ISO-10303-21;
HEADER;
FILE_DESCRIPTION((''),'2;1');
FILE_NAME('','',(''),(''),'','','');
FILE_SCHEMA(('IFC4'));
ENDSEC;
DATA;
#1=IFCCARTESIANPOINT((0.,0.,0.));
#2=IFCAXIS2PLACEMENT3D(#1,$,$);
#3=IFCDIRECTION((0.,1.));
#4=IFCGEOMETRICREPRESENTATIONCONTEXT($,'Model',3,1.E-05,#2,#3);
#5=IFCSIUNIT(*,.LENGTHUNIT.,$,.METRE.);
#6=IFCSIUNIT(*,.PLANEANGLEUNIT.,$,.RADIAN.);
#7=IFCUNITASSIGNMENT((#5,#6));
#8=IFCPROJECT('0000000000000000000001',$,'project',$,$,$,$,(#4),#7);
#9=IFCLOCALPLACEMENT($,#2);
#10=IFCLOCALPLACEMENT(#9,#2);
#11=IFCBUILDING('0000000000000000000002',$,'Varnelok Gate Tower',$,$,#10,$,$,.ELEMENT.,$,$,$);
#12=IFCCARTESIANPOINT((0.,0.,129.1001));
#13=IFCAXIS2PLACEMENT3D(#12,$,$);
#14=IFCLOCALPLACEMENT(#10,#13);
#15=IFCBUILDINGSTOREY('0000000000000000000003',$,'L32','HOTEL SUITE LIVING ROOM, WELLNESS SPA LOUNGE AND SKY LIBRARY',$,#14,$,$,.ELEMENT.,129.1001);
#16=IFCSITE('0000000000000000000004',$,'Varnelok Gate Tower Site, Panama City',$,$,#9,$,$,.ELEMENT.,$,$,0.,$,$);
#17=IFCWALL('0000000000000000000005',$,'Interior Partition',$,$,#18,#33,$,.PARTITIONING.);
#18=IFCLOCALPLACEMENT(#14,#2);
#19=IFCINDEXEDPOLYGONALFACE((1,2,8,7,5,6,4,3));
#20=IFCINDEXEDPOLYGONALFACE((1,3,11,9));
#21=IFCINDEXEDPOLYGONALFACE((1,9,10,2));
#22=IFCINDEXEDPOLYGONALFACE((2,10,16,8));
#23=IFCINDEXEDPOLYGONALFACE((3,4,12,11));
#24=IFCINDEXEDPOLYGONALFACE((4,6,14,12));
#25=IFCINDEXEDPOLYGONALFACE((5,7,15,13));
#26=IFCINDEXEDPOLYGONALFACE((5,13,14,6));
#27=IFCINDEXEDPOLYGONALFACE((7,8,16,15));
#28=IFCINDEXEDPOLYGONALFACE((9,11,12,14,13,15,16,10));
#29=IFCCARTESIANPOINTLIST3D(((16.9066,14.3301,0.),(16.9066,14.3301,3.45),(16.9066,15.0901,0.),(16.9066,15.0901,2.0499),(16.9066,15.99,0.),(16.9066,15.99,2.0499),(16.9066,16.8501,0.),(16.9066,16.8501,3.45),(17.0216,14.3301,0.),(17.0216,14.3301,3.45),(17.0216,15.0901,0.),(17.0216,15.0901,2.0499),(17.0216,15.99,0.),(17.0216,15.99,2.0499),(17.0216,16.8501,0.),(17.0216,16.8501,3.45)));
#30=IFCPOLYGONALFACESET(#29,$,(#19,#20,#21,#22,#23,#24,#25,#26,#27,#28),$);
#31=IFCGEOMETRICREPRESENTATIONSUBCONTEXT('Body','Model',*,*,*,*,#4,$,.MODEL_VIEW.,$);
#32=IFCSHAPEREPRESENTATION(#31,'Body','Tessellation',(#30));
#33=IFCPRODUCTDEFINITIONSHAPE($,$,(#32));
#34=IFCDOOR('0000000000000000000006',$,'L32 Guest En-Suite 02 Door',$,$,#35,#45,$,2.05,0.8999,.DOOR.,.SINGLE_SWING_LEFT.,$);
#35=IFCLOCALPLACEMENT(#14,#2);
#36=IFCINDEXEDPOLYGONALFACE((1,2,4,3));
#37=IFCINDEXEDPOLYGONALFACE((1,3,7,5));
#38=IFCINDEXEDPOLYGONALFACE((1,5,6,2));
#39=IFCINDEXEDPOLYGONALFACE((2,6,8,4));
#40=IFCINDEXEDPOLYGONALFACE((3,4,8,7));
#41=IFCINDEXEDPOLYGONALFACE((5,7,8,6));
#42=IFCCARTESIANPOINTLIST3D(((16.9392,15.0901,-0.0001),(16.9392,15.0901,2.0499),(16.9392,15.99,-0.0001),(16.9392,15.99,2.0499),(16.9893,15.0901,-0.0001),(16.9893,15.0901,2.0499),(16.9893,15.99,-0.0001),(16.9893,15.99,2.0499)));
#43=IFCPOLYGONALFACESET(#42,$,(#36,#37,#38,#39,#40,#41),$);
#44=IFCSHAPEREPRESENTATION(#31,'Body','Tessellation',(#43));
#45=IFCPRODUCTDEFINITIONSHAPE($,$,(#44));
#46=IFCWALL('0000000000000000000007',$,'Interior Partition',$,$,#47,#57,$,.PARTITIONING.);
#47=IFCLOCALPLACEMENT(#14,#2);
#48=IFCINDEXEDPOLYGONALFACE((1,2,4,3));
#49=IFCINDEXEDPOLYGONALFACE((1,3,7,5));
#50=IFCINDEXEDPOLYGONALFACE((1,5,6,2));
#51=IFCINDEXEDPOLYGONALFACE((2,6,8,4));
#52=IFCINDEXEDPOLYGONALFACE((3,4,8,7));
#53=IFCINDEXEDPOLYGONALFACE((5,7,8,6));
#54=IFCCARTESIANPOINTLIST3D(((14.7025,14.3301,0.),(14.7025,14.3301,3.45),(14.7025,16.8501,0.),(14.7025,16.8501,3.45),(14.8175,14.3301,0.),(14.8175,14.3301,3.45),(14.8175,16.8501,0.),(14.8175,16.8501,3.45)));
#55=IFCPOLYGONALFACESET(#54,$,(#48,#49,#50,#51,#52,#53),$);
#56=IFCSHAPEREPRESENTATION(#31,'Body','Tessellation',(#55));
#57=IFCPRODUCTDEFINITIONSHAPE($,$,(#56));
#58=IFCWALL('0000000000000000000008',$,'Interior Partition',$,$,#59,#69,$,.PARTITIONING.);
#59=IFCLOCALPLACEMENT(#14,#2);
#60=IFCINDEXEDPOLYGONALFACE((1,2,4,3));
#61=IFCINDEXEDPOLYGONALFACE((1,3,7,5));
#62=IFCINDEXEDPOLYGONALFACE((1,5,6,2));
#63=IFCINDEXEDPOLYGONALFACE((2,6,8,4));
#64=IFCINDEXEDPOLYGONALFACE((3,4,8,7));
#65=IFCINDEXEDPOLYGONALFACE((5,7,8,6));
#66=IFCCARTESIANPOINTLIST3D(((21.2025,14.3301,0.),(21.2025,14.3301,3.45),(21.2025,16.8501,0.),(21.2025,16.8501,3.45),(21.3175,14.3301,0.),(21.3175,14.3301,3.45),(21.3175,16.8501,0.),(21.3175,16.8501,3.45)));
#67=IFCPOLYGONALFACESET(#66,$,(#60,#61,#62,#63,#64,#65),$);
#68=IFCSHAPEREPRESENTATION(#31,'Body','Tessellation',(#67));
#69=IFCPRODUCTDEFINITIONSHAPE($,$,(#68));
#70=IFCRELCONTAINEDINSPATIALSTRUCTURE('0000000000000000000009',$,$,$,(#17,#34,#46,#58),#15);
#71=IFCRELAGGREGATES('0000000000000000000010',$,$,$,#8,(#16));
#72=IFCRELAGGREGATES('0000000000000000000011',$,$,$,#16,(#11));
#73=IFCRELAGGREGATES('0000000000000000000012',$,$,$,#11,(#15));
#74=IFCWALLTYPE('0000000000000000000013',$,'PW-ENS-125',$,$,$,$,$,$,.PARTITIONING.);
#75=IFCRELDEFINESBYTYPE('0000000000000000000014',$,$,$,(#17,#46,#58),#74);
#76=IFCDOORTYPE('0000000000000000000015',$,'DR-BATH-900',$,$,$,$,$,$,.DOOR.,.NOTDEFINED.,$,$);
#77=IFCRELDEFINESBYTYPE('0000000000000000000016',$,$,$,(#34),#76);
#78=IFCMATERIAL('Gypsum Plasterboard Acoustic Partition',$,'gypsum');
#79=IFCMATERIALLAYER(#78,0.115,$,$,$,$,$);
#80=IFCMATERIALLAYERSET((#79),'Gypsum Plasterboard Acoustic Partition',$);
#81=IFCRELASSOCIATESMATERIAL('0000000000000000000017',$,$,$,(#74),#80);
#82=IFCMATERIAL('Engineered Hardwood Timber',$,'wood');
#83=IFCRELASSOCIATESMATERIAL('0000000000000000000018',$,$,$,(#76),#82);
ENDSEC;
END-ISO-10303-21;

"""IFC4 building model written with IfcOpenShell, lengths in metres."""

from ifc_helpers import new_model, si_unit, direction, frame, frame_2d, origin, place, context, subcontext, project, spatial, rectangle, extrude, material, layer, layer_set, type_object, element, fill, save


model = new_model("IFC4")

# Units and contexts
model_context = context("Model", 3, precision=1e-05, world=origin(), true_north=direction((0.0, 1.0)))
body_context = subcontext(model_context, "Body", "Model", "MODEL_VIEW")
ifc_project = project(units=[si_unit("LENGTHUNIT", "METRE"), si_unit("PLANEANGLEUNIT", "RADIAN")], contexts=[model_context])

# Site, building, storey
site_placement = place(None, origin())
site = spatial("IfcSite", under=ifc_project, at=site_placement, Name="Varnelok Gate Tower Site, Panama City", CompositionType="ELEMENT", RefElevation=0.0)
building_placement = place(site_placement, origin())
building = spatial("IfcBuilding", under=site, at=building_placement, Name="Varnelok Gate Tower", CompositionType="ELEMENT")
storey_placement = place(building_placement, frame((0.0, 0.0, 129.1001)))
storey = spatial("IfcBuildingStorey", under=building, at=storey_placement, Name="L32", Description="HOTEL SUITE LIVING ROOM, WELLNESS SPA LOUNGE AND SKY LIBRARY", CompositionType="ELEMENT", Elevation=129.1001)

# Shared definitions
ifc_material_1 = material(Name="Gypsum Plasterboard Acoustic Partition", Category="gypsum")
ifc_material_2 = material(Name="Engineered Hardwood Timber", Category="wood")

# Shared definitions
ifc_layer_1 = layer(ifc_material_1, 0.115)
ifc_layer_set_1 = layer_set([ifc_layer_1], Name="Gypsum Plasterboard Acoustic Partition")
wall_type_1 = type_object("IfcWallType", Name="PW-ENS-125", PredefinedType="PARTITIONING", material=ifc_layer_set_1)

# Wall, opening, door
wall_1_placement = place(storey_placement, frame((16.9641, 14.3301, 0.0), z_axis=(0.0, 0.0, 1.0), x_axis=(0.0, 1.0, 0.0)))
wall_1 = element("IfcWall", 1, at=wall_1_placement, inside=storey, type_object=wall_type_1, Name="Interior Partition", PredefinedType="PARTITIONING", context=body_context, shape_type="SweptSolid", body=[
    extrude(rectangle(XDim=2.52, YDim=0.115, at=frame_2d((1.26, 0.0))), origin(), (0.0, 0.0, 1.0), 3.45),
])
opening_1_placement = place(wall_1_placement, frame((0.76, 0.0, 0.0)))
opening_1 = element("IfcOpeningElement", 2, at=opening_1_placement, cuts=wall_1, PredefinedType="OPENING", context=body_context, shape_type="SweptSolid", body=[
    extrude(rectangle(XDim=0.8999, YDim=2.05, at=frame_2d((0.45, 1.0249))), frame((0.0, 0.0674, 0.0), z_axis=(0.0, -1.0, 0.0), x_axis=(1.0, 0.0, 0.0)), (0.0, 0.0, 1.0), 0.135),
])
door_type_1 = type_object("IfcDoorType", Name="DR-BATH-900", OperationType="NOTDEFINED", PredefinedType="DOOR", material=ifc_material_2)
door_1_placement = place(opening_1_placement, origin())
door_1 = element("IfcDoor", 3, at=door_1_placement, inside=storey, type_object=door_type_1, Name="L32 Guest En-Suite 02 Door", OperationType="SINGLE_SWING_LEFT", OverallHeight=2.05, OverallWidth=0.8999, PredefinedType="DOOR", context=body_context, shape_type="SweptSolid", body=[
    extrude(rectangle(XDim=0.8999, YDim=2.05, at=frame_2d((0.45, 1.0249))), frame((0.0, 0.0249, 0.0), z_axis=(0.0, -1.0, 0.0), x_axis=(1.0, 0.0, 0.0)), (0.0, 0.0, 1.0), 0.05),
])
fill(opening_1, door_1)

# Walls
for number, where, z_axis, x_axis, name in (
    (4, (14.76, 14.3301, 0.0), (0.0, 0.0, 1.0), (0.0, 1.0, 0.0), "Interior Partition"),
    (5, (21.26, 14.3301, 0.0), (0.0, 0.0, 1.0), (0.0, 1.0, 0.0), "Interior Partition"),
):
    element("IfcWall", number, at=place(storey_placement, frame(where, z_axis=z_axis, x_axis=x_axis)), inside=storey, type_object=wall_type_1, Name=name, PredefinedType="PARTITIONING", context=body_context, shape_type="SweptSolid", body=[
        extrude(rectangle(XDim=2.52, YDim=0.115, at=frame_2d((1.26, 0.0))), origin(), (0.0, 0.0, 1.0), 3.45),
    ])

save(model, "model.ifc")
